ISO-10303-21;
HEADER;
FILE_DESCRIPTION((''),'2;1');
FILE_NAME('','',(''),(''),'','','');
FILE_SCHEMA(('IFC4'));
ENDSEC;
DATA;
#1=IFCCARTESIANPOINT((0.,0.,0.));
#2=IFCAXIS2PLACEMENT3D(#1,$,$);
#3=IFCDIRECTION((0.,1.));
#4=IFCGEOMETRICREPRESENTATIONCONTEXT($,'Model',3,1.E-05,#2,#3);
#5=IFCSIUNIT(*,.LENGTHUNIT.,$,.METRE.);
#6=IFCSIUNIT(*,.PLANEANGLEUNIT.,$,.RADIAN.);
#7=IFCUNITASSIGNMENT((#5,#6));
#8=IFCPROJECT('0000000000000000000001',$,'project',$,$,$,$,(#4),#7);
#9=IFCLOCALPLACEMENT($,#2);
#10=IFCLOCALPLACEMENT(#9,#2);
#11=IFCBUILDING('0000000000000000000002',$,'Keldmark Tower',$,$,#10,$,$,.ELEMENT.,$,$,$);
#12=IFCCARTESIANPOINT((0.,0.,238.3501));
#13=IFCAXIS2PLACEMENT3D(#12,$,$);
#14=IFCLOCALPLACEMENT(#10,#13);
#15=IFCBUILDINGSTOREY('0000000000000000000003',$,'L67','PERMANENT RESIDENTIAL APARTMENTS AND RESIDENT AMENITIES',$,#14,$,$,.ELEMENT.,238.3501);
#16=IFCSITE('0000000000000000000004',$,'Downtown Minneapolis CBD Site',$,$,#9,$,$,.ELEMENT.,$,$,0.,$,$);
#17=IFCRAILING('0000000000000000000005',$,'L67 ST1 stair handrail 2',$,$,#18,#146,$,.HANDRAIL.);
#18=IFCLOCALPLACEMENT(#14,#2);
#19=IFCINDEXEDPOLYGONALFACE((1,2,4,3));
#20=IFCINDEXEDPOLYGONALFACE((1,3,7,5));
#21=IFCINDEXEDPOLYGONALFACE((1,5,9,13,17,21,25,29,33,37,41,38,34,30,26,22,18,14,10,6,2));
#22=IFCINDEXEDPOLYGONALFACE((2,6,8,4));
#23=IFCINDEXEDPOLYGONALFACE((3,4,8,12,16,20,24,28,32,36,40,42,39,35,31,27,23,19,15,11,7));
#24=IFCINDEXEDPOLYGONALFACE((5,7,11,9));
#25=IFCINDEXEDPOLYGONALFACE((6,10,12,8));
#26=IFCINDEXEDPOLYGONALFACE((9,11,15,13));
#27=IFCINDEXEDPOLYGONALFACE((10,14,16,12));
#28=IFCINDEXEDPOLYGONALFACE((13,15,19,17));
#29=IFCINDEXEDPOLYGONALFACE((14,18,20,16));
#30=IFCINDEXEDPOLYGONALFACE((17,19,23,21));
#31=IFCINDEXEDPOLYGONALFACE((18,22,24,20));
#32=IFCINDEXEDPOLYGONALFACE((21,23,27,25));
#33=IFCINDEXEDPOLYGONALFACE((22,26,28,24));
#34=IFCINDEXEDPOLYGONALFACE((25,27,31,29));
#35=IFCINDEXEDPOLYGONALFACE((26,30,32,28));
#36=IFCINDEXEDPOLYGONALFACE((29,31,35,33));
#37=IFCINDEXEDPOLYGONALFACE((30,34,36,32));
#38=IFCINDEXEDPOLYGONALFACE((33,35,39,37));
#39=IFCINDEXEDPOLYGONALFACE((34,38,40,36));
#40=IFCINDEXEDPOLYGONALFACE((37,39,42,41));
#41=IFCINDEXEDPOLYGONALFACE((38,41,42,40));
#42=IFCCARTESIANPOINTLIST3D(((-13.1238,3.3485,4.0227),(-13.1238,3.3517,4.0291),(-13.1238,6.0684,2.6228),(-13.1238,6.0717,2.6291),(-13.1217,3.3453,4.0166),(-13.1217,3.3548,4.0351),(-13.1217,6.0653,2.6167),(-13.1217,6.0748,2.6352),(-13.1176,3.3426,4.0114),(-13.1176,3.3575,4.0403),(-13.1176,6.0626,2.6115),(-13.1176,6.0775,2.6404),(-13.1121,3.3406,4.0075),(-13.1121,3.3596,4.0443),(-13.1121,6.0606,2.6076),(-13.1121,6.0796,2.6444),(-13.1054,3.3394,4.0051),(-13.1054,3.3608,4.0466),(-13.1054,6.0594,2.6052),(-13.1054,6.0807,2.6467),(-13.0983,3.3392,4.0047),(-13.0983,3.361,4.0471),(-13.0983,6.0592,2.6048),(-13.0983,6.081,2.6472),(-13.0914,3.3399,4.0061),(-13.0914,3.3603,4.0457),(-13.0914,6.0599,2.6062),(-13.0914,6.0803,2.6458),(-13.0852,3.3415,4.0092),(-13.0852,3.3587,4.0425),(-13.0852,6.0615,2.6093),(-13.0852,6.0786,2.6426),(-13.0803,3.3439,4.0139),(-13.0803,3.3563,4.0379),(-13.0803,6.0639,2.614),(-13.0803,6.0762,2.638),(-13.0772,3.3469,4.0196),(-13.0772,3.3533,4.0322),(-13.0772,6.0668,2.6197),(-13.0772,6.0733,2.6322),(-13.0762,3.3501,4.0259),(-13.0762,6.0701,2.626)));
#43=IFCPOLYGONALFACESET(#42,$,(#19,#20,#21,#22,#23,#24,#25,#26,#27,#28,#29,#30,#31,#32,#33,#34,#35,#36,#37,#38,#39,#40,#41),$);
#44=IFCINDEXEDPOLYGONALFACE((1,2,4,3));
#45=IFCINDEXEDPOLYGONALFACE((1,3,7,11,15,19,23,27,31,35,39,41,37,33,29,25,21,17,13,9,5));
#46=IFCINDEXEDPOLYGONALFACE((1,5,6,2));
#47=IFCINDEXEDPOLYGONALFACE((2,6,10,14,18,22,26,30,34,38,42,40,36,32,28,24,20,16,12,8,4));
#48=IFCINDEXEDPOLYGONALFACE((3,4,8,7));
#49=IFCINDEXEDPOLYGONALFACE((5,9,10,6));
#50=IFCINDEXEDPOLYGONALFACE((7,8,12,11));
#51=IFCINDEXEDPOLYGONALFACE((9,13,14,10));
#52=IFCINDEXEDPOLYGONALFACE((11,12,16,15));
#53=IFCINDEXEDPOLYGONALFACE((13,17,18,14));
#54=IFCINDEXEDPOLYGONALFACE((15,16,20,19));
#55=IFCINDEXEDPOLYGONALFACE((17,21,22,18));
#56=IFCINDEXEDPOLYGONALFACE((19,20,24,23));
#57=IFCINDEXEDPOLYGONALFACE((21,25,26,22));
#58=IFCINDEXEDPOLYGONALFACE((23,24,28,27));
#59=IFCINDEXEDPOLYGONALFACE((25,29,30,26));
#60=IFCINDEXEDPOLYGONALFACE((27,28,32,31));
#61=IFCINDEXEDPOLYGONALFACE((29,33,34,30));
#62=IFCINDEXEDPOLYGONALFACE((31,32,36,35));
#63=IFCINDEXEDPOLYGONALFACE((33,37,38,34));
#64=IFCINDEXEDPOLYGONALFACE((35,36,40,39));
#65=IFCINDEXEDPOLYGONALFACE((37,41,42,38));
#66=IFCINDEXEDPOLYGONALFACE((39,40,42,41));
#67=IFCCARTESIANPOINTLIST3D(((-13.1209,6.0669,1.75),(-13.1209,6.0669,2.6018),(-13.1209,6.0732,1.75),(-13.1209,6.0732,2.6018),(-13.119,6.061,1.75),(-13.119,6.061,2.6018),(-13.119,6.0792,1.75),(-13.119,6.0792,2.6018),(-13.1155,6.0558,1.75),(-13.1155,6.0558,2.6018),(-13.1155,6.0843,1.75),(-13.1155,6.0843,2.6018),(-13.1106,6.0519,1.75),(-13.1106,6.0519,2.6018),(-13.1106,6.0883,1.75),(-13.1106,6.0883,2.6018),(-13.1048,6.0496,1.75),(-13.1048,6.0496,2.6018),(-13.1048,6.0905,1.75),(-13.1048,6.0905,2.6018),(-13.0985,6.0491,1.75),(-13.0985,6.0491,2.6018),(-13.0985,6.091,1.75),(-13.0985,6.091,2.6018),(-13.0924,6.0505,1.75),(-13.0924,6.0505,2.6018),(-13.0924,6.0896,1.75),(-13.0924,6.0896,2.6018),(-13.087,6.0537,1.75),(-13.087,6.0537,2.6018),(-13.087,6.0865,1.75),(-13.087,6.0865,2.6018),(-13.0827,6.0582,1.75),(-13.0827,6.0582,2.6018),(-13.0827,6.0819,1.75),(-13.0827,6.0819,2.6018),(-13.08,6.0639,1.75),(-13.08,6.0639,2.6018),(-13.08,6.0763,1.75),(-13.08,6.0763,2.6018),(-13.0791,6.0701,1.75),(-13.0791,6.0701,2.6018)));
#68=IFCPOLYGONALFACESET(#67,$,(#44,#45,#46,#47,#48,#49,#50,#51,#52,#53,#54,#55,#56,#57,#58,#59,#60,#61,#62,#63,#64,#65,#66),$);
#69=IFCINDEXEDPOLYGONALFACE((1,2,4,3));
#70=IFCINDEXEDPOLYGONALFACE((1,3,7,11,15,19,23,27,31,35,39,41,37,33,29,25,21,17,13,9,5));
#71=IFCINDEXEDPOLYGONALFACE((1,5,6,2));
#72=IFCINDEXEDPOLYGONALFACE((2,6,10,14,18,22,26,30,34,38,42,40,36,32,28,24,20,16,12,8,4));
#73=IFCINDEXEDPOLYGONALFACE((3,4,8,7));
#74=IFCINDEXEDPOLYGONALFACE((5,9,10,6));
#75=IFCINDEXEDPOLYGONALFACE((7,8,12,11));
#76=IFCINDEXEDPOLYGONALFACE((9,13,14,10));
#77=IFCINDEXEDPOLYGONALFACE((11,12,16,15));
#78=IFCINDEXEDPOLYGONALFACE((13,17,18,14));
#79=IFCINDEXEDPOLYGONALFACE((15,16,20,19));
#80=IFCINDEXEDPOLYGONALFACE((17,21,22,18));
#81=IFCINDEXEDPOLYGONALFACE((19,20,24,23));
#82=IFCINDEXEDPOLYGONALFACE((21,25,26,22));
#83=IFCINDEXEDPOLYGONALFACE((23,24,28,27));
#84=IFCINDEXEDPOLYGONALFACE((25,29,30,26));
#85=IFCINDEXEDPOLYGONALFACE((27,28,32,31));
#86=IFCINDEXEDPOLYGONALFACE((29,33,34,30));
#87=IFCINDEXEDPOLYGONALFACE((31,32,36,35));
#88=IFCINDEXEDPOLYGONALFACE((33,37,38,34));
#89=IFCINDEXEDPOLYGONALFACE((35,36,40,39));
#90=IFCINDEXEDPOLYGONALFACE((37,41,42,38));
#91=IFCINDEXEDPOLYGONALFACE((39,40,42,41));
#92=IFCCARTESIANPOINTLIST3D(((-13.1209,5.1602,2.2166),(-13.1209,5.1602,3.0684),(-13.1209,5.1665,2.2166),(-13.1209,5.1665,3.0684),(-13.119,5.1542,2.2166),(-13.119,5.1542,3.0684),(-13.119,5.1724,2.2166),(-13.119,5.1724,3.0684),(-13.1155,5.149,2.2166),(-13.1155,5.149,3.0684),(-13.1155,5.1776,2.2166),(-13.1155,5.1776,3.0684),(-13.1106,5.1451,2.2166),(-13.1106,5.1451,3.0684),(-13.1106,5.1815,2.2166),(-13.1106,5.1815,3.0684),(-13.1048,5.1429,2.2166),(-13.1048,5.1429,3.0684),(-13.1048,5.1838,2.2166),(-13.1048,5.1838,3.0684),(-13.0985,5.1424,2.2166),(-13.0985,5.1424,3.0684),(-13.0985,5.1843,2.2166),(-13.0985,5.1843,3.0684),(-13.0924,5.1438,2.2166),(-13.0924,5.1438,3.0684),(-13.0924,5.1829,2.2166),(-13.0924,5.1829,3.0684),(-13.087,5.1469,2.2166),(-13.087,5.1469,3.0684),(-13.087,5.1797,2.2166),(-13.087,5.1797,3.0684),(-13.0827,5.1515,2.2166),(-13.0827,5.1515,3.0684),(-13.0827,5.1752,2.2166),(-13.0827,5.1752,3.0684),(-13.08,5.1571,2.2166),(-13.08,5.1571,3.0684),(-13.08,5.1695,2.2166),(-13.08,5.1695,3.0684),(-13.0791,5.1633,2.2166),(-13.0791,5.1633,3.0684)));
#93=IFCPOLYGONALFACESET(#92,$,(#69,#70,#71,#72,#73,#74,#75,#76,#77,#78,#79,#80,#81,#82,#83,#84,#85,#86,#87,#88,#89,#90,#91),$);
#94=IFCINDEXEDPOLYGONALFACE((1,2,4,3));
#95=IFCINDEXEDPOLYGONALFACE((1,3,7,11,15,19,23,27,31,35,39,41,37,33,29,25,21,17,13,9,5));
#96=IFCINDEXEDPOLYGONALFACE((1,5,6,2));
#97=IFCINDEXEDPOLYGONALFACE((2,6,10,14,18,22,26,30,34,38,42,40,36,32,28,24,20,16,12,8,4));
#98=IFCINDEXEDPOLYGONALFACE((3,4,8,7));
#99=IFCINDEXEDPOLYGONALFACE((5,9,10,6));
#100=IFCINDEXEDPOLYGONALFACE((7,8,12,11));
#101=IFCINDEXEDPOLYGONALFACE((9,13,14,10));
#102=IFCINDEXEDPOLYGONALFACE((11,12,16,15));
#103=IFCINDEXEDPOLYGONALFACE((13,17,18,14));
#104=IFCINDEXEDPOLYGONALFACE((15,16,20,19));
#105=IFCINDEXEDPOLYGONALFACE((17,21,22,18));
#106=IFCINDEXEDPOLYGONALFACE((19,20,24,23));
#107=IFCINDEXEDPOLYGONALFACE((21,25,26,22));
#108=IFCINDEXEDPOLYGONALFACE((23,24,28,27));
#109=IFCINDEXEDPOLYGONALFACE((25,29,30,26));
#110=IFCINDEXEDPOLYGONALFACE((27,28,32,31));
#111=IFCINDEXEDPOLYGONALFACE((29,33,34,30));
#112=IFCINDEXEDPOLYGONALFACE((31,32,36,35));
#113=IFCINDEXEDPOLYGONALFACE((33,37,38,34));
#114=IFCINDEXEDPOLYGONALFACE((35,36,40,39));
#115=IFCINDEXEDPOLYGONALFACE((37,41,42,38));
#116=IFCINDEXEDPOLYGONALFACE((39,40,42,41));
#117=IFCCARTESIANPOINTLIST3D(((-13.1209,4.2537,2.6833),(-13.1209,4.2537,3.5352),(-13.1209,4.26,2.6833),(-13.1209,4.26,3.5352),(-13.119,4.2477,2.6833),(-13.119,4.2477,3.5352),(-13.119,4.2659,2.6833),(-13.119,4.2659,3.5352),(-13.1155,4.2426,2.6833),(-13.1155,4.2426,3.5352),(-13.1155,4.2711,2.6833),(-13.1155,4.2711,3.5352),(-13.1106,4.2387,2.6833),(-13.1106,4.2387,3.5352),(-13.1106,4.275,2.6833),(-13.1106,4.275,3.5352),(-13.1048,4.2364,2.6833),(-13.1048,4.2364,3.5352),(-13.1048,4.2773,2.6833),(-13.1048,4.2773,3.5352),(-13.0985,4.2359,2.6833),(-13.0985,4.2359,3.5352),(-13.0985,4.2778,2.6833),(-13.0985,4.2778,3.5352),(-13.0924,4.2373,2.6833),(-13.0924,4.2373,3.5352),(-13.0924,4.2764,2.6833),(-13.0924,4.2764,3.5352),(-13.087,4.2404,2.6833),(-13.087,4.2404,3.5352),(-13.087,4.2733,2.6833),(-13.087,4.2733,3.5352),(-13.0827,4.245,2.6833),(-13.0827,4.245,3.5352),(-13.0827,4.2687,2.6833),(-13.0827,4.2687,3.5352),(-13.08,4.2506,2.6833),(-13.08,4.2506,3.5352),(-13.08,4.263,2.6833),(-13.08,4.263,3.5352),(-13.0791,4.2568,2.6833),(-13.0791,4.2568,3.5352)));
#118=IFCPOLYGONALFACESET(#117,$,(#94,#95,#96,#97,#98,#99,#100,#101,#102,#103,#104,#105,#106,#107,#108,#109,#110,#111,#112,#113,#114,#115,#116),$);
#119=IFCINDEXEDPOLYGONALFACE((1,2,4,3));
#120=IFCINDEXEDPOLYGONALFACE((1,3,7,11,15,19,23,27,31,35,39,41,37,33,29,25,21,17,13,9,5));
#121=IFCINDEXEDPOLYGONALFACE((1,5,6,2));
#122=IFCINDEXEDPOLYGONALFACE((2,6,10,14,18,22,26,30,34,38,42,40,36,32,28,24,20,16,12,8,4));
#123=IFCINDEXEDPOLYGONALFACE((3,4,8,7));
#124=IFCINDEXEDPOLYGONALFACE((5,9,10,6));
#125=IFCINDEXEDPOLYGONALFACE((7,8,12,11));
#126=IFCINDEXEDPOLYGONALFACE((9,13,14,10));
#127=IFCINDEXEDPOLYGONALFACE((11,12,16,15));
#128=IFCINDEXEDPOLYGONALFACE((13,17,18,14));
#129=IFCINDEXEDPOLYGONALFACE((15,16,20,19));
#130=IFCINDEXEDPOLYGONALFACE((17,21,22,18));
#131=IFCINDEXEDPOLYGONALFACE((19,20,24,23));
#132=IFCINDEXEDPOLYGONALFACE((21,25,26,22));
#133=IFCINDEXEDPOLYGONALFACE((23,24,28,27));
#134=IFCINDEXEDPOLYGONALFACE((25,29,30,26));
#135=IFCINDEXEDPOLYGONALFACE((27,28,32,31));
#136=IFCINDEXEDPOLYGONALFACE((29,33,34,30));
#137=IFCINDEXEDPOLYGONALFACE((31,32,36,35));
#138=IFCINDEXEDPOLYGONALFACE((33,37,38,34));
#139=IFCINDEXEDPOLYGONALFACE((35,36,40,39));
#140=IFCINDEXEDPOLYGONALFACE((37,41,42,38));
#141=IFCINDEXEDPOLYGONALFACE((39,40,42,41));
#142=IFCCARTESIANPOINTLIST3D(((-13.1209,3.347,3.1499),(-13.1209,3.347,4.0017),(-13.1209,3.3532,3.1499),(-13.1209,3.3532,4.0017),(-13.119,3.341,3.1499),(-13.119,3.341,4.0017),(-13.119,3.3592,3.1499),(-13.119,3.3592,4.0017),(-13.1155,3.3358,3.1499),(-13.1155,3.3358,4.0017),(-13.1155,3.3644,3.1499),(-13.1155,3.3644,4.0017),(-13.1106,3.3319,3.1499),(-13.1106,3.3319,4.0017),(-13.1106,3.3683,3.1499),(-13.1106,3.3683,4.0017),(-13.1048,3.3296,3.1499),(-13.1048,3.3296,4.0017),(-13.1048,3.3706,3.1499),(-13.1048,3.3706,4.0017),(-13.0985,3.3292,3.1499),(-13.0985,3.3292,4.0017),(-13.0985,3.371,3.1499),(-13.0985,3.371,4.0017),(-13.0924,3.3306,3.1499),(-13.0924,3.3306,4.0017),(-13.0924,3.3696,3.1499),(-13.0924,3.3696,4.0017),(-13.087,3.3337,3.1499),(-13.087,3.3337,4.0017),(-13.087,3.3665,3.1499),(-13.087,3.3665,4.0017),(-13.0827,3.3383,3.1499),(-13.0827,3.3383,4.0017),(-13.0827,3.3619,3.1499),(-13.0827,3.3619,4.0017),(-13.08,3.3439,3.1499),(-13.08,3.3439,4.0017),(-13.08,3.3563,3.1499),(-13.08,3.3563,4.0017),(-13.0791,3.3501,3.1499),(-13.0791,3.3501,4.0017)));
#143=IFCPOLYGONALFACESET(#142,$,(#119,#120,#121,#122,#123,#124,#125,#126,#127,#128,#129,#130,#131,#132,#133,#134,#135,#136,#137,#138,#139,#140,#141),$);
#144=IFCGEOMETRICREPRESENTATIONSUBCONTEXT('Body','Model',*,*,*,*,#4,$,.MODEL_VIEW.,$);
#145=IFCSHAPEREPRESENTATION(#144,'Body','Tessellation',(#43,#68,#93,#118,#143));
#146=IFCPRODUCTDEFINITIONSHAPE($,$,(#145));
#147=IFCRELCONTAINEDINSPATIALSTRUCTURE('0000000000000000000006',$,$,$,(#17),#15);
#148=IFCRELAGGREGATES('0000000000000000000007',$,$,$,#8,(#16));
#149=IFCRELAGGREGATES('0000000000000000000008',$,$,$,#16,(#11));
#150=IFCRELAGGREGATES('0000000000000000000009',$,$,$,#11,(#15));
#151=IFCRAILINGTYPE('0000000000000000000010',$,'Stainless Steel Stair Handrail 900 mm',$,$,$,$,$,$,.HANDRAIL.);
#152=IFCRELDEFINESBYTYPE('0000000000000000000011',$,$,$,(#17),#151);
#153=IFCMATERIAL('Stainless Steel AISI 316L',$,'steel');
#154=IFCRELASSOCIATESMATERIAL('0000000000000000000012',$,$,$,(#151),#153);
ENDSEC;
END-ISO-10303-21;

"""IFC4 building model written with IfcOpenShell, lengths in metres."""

from ifc_helpers import new_model, si_unit, direction, frame, origin, origin_2d, place, context, subcontext, project, spatial, circle, extrude, material, type_object, element, save


model = new_model("IFC4")

# Units and contexts
model_context = context("Model", 3, precision=1e-05, world=origin(), true_north=direction((0.0, 1.0)))
body_context = subcontext(model_context, "Body", "Model", "MODEL_VIEW")
ifc_project = project(units=[si_unit("LENGTHUNIT", "METRE"), si_unit("PLANEANGLEUNIT", "RADIAN")], contexts=[model_context])

# Site, building, storey
site_placement = place(None, origin())
site = spatial("IfcSite", under=ifc_project, at=site_placement, Name="Downtown Minneapolis CBD Site", CompositionType="ELEMENT", RefElevation=0.0)
building_placement = place(site_placement, origin())
building = spatial("IfcBuilding", under=site, at=building_placement, Name="Keldmark Tower", CompositionType="ELEMENT")
storey_placement = place(building_placement, frame((0.0, 0.0, 238.3501)))
storey = spatial("IfcBuildingStorey", under=building, at=storey_placement, Name="L67", Description="PERMANENT RESIDENTIAL APARTMENTS AND RESIDENT AMENITIES", CompositionType="ELEMENT", Elevation=238.3501)

# Railing
ifc_material_1 = material(Name="Stainless Steel AISI 316L", Category="steel")
railing_type_1 = type_object("IfcRailingType", Name="Stainless Steel Stair Handrail 900 mm", PredefinedType="HANDRAIL", material=ifc_material_1)
railing_1_placement = place(storey_placement, frame((-13.1001, 6.0701, 1.75)))
element("IfcRailing", 1, at=railing_1_placement, inside=storey, type_object=railing_type_1, Name="L67 ST1 stair handrail 2", PredefinedType="HANDRAIL", context=body_context, shape_type="SweptSolid", body=[
    extrude(circle(Radius=0.0239, at=origin_2d()), frame((0.0, 0.0, 0.876), z_axis=(0.0, -0.889147, 0.457622), x_axis=(1.0, 0.0, 0.0)), (0.0, 0.0, 1.0), 3.0591),
    extrude(circle(Radius=0.021, at=origin_2d()), origin(), (0.0, 0.0, 1.0), 0.8518),
    extrude(circle(Radius=0.021, at=origin_2d()), frame((0.0, -0.9067, 0.4666)), (0.0, 0.0, 1.0), 0.8518),
    extrude(circle(Radius=0.021, at=origin_2d()), frame((0.0, -1.8132, 0.9333)), (0.0, 0.0, 1.0), 0.8518),
    extrude(circle(Radius=0.021, at=origin_2d()), frame((0.0, -2.72, 1.3999)), (0.0, 0.0, 1.0), 0.8518),
])

save(model, "model.ifc")
